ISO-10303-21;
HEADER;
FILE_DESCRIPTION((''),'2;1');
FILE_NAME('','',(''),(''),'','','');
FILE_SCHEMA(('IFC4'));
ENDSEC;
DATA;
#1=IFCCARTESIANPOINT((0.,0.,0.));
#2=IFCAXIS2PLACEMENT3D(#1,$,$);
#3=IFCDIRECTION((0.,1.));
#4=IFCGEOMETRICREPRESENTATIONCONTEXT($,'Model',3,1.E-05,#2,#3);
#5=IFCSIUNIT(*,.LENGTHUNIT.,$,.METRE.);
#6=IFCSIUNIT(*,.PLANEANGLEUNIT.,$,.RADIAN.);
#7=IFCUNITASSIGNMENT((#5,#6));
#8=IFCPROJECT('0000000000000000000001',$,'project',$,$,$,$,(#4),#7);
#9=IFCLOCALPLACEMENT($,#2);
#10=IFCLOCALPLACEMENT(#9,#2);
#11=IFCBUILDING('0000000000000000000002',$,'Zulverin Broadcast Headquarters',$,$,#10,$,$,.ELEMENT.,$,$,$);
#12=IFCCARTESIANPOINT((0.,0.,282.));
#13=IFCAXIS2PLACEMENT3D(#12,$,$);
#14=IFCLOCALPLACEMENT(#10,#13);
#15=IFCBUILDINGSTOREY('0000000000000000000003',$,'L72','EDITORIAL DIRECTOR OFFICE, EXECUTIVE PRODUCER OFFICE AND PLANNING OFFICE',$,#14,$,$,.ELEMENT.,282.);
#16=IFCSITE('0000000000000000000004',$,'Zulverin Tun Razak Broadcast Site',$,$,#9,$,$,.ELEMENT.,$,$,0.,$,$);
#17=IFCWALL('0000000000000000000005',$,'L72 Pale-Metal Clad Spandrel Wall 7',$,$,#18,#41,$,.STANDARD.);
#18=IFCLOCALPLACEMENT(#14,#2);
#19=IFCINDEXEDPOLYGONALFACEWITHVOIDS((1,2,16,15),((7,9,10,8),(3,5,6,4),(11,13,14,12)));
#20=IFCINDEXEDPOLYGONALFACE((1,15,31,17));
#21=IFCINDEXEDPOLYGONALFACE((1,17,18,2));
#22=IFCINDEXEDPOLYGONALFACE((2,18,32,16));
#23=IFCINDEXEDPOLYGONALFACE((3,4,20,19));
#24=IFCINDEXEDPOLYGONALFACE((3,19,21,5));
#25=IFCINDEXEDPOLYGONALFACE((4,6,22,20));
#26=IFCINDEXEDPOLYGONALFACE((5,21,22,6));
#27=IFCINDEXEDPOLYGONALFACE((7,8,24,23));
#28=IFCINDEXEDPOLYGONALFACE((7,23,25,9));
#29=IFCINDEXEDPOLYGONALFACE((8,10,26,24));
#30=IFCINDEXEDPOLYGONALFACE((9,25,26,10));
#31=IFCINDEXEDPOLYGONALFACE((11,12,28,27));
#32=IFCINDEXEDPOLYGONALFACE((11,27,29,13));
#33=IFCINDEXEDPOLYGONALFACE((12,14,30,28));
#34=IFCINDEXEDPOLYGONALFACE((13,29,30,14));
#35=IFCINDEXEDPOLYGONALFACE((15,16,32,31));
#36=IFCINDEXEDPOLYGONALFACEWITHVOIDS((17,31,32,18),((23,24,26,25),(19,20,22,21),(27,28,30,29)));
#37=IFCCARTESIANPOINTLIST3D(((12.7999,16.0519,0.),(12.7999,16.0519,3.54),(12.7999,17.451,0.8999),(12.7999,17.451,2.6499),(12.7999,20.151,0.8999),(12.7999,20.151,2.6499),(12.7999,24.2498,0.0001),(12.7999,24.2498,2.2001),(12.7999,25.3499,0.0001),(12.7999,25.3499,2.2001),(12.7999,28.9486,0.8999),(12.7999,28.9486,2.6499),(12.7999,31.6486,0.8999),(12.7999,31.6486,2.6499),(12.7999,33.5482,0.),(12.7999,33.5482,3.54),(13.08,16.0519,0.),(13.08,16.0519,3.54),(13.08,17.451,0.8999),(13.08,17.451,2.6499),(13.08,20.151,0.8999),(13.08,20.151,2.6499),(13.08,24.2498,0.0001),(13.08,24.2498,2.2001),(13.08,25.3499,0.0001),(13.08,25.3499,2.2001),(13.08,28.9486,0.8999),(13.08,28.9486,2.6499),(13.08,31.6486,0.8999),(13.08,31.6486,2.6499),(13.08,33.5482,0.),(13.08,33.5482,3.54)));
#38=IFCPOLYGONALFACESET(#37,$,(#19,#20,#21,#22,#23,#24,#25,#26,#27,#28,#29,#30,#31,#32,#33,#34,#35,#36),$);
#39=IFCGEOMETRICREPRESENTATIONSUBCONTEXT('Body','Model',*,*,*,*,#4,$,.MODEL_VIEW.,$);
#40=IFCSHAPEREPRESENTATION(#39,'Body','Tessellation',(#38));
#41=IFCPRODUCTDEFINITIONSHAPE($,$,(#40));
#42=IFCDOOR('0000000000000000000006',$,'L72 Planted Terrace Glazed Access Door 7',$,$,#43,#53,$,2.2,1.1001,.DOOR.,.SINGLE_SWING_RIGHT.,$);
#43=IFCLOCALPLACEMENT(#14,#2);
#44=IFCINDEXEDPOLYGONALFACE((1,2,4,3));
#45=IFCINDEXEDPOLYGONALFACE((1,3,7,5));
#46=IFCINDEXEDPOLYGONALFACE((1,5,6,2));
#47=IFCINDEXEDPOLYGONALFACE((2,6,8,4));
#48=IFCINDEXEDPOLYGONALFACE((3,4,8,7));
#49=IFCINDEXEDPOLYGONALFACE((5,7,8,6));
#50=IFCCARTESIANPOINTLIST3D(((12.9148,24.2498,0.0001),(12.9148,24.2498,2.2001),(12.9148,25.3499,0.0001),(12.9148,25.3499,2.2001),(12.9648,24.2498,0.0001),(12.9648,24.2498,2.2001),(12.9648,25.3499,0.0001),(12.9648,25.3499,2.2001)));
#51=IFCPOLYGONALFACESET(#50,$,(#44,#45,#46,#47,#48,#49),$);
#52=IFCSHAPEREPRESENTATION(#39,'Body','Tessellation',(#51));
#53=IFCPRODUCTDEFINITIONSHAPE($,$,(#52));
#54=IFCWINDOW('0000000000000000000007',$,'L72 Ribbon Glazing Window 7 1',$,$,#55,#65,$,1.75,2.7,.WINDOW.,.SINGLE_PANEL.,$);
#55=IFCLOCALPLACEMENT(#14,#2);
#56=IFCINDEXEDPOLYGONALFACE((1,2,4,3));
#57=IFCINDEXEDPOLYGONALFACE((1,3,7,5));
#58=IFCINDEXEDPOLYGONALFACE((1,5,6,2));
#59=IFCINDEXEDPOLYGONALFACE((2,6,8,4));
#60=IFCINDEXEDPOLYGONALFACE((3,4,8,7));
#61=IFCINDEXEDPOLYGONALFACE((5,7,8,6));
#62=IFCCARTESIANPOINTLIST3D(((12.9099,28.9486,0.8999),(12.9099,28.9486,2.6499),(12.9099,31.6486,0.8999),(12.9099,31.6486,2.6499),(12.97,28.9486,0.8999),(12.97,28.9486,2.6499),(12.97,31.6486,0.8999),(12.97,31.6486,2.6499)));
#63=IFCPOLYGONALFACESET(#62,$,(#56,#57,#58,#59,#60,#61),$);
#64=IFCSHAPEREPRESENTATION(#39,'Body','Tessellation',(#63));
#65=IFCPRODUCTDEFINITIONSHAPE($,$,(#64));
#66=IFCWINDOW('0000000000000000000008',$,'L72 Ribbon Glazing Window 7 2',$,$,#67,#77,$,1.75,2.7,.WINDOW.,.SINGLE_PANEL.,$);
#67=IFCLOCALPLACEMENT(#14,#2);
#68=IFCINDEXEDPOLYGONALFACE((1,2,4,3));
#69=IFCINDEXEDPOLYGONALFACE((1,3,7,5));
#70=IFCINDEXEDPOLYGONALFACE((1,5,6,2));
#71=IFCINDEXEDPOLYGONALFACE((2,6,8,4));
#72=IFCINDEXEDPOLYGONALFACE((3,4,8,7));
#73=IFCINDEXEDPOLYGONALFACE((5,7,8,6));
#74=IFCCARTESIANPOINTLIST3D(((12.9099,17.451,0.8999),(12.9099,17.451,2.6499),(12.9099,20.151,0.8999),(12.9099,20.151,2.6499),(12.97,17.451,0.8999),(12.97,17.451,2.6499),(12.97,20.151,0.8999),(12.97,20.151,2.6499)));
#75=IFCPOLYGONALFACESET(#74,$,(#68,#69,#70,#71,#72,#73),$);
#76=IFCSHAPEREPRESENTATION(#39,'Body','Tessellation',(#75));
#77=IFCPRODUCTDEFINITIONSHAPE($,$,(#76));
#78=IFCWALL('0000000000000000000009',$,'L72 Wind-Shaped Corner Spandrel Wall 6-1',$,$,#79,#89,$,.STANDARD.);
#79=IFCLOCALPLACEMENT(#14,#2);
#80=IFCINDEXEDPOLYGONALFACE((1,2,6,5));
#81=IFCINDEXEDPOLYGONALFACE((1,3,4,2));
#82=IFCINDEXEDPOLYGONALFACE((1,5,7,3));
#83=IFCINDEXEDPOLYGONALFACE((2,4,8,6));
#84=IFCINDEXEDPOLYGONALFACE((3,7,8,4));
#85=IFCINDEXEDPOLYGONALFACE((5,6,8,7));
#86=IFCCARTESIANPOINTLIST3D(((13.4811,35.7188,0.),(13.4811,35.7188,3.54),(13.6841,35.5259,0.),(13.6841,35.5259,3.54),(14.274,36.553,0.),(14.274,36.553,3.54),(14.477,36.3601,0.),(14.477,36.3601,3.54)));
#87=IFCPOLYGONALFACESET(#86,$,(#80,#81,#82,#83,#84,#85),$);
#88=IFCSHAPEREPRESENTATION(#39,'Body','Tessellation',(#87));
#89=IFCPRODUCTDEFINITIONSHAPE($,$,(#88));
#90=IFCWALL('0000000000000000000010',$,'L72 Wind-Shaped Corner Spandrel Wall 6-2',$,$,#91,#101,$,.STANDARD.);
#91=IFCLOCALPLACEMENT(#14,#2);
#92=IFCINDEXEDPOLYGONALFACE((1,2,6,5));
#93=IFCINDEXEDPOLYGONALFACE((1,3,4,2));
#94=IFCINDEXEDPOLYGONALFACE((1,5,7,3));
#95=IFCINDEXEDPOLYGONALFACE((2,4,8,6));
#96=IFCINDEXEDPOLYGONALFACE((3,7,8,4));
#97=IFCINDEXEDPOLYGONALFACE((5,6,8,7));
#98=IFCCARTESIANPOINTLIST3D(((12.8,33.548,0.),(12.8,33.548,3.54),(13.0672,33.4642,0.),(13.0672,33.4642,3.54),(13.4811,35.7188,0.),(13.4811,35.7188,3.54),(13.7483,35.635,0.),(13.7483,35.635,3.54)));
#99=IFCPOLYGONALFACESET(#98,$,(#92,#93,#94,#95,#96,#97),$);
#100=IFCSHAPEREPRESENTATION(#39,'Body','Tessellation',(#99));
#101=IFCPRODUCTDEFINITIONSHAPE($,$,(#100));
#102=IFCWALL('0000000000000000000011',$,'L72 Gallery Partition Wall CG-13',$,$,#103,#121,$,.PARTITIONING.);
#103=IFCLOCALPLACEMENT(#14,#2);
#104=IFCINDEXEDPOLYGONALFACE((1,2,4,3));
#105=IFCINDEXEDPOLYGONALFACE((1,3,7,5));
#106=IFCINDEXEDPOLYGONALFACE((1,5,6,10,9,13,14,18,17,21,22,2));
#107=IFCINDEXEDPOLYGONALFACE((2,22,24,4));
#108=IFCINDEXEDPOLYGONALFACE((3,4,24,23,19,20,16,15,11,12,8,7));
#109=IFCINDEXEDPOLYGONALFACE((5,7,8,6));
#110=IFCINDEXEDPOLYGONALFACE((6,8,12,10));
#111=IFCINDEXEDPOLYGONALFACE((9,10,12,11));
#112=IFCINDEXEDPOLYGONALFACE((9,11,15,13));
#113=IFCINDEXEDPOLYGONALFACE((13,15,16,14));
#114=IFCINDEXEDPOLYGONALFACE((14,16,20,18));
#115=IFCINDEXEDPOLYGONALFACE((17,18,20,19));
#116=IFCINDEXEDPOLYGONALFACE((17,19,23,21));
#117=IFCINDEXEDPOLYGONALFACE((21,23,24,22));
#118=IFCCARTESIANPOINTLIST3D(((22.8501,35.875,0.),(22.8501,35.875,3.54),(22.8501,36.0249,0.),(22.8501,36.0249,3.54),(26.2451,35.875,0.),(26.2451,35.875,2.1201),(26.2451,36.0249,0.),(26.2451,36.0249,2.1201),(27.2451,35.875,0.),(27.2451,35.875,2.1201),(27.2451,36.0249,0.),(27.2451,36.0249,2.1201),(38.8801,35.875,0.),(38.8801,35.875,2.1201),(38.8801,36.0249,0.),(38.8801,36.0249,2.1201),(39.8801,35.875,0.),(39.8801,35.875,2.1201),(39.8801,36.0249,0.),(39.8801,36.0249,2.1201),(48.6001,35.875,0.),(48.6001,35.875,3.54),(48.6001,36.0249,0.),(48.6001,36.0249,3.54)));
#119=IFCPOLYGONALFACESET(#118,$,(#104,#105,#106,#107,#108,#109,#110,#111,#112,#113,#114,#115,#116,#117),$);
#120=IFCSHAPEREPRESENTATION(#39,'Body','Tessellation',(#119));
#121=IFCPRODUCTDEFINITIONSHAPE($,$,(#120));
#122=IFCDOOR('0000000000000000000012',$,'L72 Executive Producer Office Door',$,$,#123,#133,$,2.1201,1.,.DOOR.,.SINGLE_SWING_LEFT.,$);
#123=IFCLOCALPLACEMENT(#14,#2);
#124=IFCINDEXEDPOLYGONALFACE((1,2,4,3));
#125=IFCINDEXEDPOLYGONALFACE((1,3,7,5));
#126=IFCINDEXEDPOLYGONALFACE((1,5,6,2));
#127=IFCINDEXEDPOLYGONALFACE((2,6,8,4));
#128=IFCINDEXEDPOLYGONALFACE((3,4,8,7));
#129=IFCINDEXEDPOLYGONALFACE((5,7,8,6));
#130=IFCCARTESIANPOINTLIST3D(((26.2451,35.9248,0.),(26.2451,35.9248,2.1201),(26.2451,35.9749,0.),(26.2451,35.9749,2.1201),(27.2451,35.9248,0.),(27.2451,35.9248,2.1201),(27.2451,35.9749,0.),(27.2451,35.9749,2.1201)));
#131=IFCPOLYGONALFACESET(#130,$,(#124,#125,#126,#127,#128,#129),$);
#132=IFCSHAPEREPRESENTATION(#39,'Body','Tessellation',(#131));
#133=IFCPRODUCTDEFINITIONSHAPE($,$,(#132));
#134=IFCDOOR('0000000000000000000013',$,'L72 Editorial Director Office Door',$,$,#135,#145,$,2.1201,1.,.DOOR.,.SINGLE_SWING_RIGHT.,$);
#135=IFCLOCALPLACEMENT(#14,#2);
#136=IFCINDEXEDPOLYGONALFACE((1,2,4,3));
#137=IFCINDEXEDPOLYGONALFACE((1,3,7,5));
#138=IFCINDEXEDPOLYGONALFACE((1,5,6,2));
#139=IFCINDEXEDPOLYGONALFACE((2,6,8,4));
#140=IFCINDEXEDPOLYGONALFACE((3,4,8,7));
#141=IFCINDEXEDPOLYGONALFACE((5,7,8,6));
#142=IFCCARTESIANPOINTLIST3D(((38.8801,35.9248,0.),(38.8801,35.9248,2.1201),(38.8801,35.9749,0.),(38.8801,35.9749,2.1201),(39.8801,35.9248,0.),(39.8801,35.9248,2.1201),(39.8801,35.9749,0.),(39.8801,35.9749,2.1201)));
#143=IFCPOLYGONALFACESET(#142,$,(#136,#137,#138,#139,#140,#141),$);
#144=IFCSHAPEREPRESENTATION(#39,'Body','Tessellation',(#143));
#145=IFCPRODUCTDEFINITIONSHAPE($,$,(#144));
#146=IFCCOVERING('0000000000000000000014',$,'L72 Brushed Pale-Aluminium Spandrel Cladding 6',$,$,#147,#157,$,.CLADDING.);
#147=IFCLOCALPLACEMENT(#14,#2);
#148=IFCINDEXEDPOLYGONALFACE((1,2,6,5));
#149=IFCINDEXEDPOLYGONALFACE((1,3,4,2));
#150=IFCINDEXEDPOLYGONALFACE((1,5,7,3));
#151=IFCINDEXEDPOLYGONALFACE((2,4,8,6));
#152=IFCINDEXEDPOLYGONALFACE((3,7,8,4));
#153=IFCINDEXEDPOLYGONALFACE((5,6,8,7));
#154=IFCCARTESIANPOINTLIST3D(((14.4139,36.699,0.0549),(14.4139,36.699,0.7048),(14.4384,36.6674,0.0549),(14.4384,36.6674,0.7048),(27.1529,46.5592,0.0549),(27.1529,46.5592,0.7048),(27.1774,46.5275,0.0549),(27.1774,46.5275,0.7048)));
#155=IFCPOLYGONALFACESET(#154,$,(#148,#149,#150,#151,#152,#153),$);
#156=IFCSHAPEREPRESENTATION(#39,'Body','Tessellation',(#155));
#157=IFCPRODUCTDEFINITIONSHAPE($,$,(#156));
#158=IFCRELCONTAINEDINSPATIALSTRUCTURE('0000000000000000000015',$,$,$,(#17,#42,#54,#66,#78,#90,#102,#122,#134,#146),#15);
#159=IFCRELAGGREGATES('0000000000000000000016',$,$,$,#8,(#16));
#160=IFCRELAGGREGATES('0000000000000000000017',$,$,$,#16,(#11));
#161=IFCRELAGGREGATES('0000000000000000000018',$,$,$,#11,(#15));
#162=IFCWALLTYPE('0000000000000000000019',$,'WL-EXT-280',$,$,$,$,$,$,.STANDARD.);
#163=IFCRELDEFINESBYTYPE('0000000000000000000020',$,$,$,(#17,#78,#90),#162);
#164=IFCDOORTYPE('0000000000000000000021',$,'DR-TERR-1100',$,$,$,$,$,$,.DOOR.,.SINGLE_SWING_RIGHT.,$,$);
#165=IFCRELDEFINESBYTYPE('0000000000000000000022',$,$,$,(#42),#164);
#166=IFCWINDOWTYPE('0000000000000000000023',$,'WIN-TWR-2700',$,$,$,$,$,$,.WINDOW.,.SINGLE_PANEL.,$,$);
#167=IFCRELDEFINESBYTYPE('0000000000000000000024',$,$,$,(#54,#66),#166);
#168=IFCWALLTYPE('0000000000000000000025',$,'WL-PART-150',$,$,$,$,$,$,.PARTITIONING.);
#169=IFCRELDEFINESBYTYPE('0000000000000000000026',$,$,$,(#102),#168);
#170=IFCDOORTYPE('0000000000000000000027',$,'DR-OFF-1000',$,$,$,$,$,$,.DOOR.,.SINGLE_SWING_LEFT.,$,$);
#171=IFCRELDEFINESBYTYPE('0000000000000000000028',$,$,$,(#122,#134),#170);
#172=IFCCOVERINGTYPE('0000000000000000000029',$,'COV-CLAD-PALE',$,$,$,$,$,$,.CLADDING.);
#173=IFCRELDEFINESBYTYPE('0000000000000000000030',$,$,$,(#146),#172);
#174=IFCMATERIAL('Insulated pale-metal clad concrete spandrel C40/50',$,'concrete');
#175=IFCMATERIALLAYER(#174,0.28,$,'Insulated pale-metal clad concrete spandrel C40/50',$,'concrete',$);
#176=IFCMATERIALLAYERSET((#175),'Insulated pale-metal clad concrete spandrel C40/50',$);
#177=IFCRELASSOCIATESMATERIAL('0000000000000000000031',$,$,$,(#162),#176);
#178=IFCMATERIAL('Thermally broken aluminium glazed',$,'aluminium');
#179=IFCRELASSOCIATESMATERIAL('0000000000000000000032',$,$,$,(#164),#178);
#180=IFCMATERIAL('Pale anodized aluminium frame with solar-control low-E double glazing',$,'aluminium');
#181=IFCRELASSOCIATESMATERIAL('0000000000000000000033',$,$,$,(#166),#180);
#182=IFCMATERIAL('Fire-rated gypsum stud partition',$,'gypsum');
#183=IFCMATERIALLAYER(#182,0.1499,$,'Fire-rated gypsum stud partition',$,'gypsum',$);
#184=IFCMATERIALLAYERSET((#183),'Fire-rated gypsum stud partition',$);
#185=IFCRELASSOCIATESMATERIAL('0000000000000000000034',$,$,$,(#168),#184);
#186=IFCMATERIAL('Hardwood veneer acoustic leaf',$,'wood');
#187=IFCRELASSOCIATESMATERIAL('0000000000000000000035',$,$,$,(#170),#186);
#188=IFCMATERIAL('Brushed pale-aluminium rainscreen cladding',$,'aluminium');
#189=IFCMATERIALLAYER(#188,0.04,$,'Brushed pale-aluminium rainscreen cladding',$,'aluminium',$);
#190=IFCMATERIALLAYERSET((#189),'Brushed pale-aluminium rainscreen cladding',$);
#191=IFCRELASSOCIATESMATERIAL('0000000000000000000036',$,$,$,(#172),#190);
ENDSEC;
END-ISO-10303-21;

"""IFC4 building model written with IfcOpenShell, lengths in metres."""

from ifc_helpers import new_model, si_unit, direction, frame, frame_2d, origin, origin_2d, place, context, subcontext, project, spatial, rectangle, extrude, material, layer, layer_set, type_object, element, fill, save


model = new_model("IFC4")

# Units and contexts
model_context = context("Model", 3, precision=1e-05, world=origin(), true_north=direction((0.0, 1.0)))
body_context = subcontext(model_context, "Body", "Model", "MODEL_VIEW")
ifc_project = project(units=[si_unit("LENGTHUNIT", "METRE"), si_unit("PLANEANGLEUNIT", "RADIAN")], contexts=[model_context])

# Site, building, storey
site_placement = place(None, origin())
site = spatial("IfcSite", under=ifc_project, at=site_placement, Name="Zulverin Tun Razak Broadcast Site", CompositionType="ELEMENT", RefElevation=0.0)
building_placement = place(site_placement, origin())
building = spatial("IfcBuilding", under=site, at=building_placement, Name="Zulverin Broadcast Headquarters", CompositionType="ELEMENT")
storey_placement = place(building_placement, frame((0.0, 0.0, 282.0)))
storey = spatial("IfcBuildingStorey", under=building, at=storey_placement, Name="L72", Description="EDITORIAL DIRECTOR OFFICE, EXECUTIVE PRODUCER OFFICE AND PLANNING OFFICE", CompositionType="ELEMENT", Elevation=282.0)

# Wall, openings, door, windows
ifc_material_1 = material(Name="Insulated pale-metal clad concrete spandrel C40/50", Category="concrete")
ifc_layer_1 = layer(ifc_material_1, 0.28, Name="Insulated pale-metal clad concrete spandrel C40/50", Category="concrete")
ifc_layer_set_1 = layer_set([ifc_layer_1], Name="Insulated pale-metal clad concrete spandrel C40/50")
wall_type_1 = type_object("IfcWallType", Name="WL-EXT-280", PredefinedType="STANDARD", material=ifc_layer_set_1)
wall_1_placement = place(storey_placement, frame((12.9399, 33.5481, 0.0), z_axis=(0.0, 0.0, 1.0), x_axis=(0.0, -1.0, 0.0)))
wall_1 = element("IfcWall", 1, at=wall_1_placement, inside=storey, type_object=wall_type_1, Name="L72 Pale-Metal Clad Spandrel Wall 7", PredefinedType="STANDARD", context=body_context, shape_type="SweptSolid", body=[
    extrude(rectangle(XDim=17.4963, YDim=0.28, at=frame_2d((8.748, 0.0))), origin(), (0.0, 0.0, 1.0), 3.54),
])
opening_1_placement = place(wall_1_placement, frame((8.1982, 0.0, 0.0)))
opening_1 = element("IfcOpeningElement", 2, at=opening_1_placement, cuts=wall_1, PredefinedType="OPENING", context=body_context, shape_type="SweptSolid", body=[
    extrude(rectangle(XDim=1.1001, YDim=2.2, at=frame_2d((0.55, 1.1001))), frame((0.0, 0.1499, 0.0), z_axis=(0.0, -1.0, 0.0), x_axis=(1.0, 0.0, 0.0)), (0.0, 0.0, 1.0), 0.3),
])
opening_2_placement = place(wall_1_placement, frame((1.8994, 0.0, 0.8999)))
opening_2 = element("IfcOpeningElement", 3, at=opening_2_placement, cuts=wall_1, PredefinedType="OPENING", context=body_context, shape_type="SweptSolid", body=[
    extrude(rectangle(XDim=2.7, YDim=1.75, at=frame_2d((1.3501, 0.875))), frame((0.0, 0.1499, 0.0), z_axis=(0.0, -1.0, 0.0), x_axis=(1.0, 0.0, 0.0)), (0.0, 0.0, 1.0), 0.3),
])
opening_3_placement = place(wall_1_placement, frame((13.397, 0.0, 0.8999)))
opening_3 = element("IfcOpeningElement", 4, at=opening_3_placement, cuts=wall_1, PredefinedType="OPENING", context=body_context, shape_type="SweptSolid", body=[
    extrude(rectangle(XDim=2.7, YDim=1.75, at=frame_2d((1.3501, 0.875))), frame((0.0, 0.1499, 0.0), z_axis=(0.0, -1.0, 0.0), x_axis=(1.0, 0.0, 0.0)), (0.0, 0.0, 1.0), 0.3),
])
ifc_material_2 = material(Name="Thermally broken aluminium glazed", Category="aluminium")
door_type_1 = type_object("IfcDoorType", Name="DR-TERR-1100", OperationType="SINGLE_SWING_RIGHT", PredefinedType="DOOR", material=ifc_material_2)
door_1_placement = place(opening_1_placement, origin())
door_1 = element("IfcDoor", 5, at=door_1_placement, inside=storey, type_object=door_type_1, Name="L72 Planted Terrace Glazed Access Door 7", OperationType="SINGLE_SWING_RIGHT", OverallHeight=2.2, OverallWidth=1.1001, PredefinedType="DOOR", context=body_context, shape_type="SweptSolid", body=[
    extrude(rectangle(XDim=1.1001, YDim=2.2, at=frame_2d((0.55, 1.1001))), frame((0.0, 0.0249, 0.0), z_axis=(0.0, -1.0, 0.0), x_axis=(1.0, 0.0, 0.0)), (0.0, 0.0, 1.0), 0.05),
])
fill(opening_1, door_1)
ifc_material_3 = material(Name="Pale anodized aluminium frame with solar-control low-E double glazing", Category="aluminium")
window_type = type_object("IfcWindowType", Name="WIN-TWR-2700", PartitioningType="SINGLE_PANEL", PredefinedType="WINDOW", material=ifc_material_3)
window_1_placement = place(opening_2_placement, origin())
window_1 = element("IfcWindow", 6, at=window_1_placement, inside=storey, type_object=window_type, Name="L72 Ribbon Glazing Window 7 1", OverallHeight=1.75, OverallWidth=2.7, PartitioningType="SINGLE_PANEL", PredefinedType="WINDOW", context=body_context, shape_type="SweptSolid", body=[
    extrude(rectangle(XDim=2.7, YDim=1.75, at=frame_2d((1.3501, 0.875))), frame((0.0, 0.03, 0.0), z_axis=(0.0, -1.0, 0.0), x_axis=(1.0, 0.0, 0.0)), (0.0, 0.0, 1.0), 0.0601),
])
fill(opening_2, window_1)
window_2_placement = place(opening_3_placement, origin())
window_2 = element("IfcWindow", 7, at=window_2_placement, inside=storey, type_object=window_type, Name="L72 Ribbon Glazing Window 7 2", OverallHeight=1.75, OverallWidth=2.7, PartitioningType="SINGLE_PANEL", PredefinedType="WINDOW", context=body_context, shape_type="SweptSolid", body=[
    extrude(rectangle(XDim=2.7, YDim=1.75, at=frame_2d((1.3501, 0.875))), frame((0.0, 0.03, 0.0), z_axis=(0.0, -1.0, 0.0), x_axis=(1.0, 0.0, 0.0)), (0.0, 0.0, 1.0), 0.0601),
])
fill(opening_3, window_2)

# Walls
wall_2_placement = place(storey_placement, frame((14.3755, 36.4565, 0.0), z_axis=(0.0, 0.0, 1.0), x_axis=(-0.688956, -0.724803, 0.0)))
element("IfcWall", 8, at=wall_2_placement, inside=storey, type_object=wall_type_1, Name="L72 Wind-Shaped Corner Spandrel Wall 6-1", PredefinedType="STANDARD", context=body_context, shape_type="SweptSolid", body=[
    extrude(rectangle(XDim=1.1509, YDim=0.28, at=frame_2d((0.5754, 0.0))), origin(), (0.0, 0.0, 1.0), 3.54),
])
wall_3_placement = place(storey_placement, frame((13.6147, 35.677, 0.0), z_axis=(0.0, 0.0, 1.0), x_axis=(-0.299375, -0.954136, 0.0)))
element("IfcWall", 9, at=wall_3_placement, inside=storey, type_object=wall_type_1, Name="L72 Wind-Shaped Corner Spandrel Wall 6-2", PredefinedType="STANDARD", context=body_context, shape_type="SweptSolid", body=[
    extrude(rectangle(XDim=2.2751, YDim=0.28, at=frame_2d((1.1377, 0.0))), origin(), (0.0, 0.0, 1.0), 3.54),
])

# Wall, openings, doors
ifc_material_4 = material(Name="Fire-rated gypsum stud partition", Category="gypsum")
ifc_layer_2 = layer(ifc_material_4, 0.1499, Name="Fire-rated gypsum stud partition", Category="gypsum")
ifc_layer_set_2 = layer_set([ifc_layer_2], Name="Fire-rated gypsum stud partition")
wall_type_2 = type_object("IfcWallType", Name="WL-PART-150", PredefinedType="PARTITIONING", material=ifc_layer_set_2)
wall_4_placement = place(storey_placement, frame((22.8501, 35.95, 0.0), z_axis=(0.0, 0.0, 1.0), x_axis=(1.0, 0.0, 0.0)))
wall_4 = element("IfcWall", 10, at=wall_4_placement, inside=storey, type_object=wall_type_2, Name="L72 Gallery Partition Wall CG-13", PredefinedType="PARTITIONING", context=body_context, shape_type="SweptSolid", body=[
    extrude(rectangle(XDim=25.75, YDim=0.1499, at=frame_2d((12.875, 0.0))), origin(), (0.0, 0.0, 1.0), 3.54),
])
opening_4_placement = place(wall_4_placement, frame((3.395, 0.0, 0.0)))
opening_4 = element("IfcOpeningElement", 11, at=opening_4_placement, cuts=wall_4, PredefinedType="OPENING", context=body_context, shape_type="SweptSolid", body=[
    extrude(rectangle(XDim=1.0, YDim=2.1201, at=frame_2d((0.5, 1.0601))), frame((0.0, 0.085, 0.0), z_axis=(0.0, -1.0, 0.0), x_axis=(1.0, 0.0, 0.0)), (0.0, 0.0, 1.0), 0.1699),
])
opening_5_placement = place(wall_4_placement, frame((16.03, 0.0, 0.0)))
opening_5 = element("IfcOpeningElement", 12, at=opening_5_placement, cuts=wall_4, PredefinedType="OPENING", context=body_context, shape_type="SweptSolid", body=[
    extrude(rectangle(XDim=1.0, YDim=2.1201, at=frame_2d((0.5, 1.0601))), frame((0.0, 0.085, 0.0), z_axis=(0.0, -1.0, 0.0), x_axis=(1.0, 0.0, 0.0)), (0.0, 0.0, 1.0), 0.1699),
])
ifc_material_5 = material(Name="Hardwood veneer acoustic leaf", Category="wood")
door_type_2 = type_object("IfcDoorType", Name="DR-OFF-1000", OperationType="SINGLE_SWING_LEFT", PredefinedType="DOOR", material=ifc_material_5)
door_2_placement = place(opening_4_placement, origin())
door_2 = element("IfcDoor", 13, at=door_2_placement, inside=storey, type_object=door_type_2, Name="L72 Executive Producer Office Door", OperationType="SINGLE_SWING_LEFT", OverallHeight=2.1201, OverallWidth=1.0, PredefinedType="DOOR", context=body_context, shape_type="SweptSolid", body=[
    extrude(rectangle(XDim=1.0, YDim=2.1201, at=frame_2d((0.5, 1.0601))), frame((0.0, 0.0249, 0.0), z_axis=(0.0, -1.0, 0.0), x_axis=(1.0, 0.0, 0.0)), (0.0, 0.0, 1.0), 0.05),
])
fill(opening_4, door_2)
door_3_placement = place(opening_5_placement, origin())
door_3 = element("IfcDoor", 14, at=door_3_placement, inside=storey, type_object=door_type_2, Name="L72 Editorial Director Office Door", OperationType="SINGLE_SWING_RIGHT", OverallHeight=2.1201, OverallWidth=1.0, PredefinedType="DOOR", context=body_context, shape_type="SweptSolid", body=[
    extrude(rectangle(XDim=1.0, YDim=2.1201, at=frame_2d((0.5, 1.0601))), frame((0.0, 0.0249, 0.0), z_axis=(0.0, -1.0, 0.0), x_axis=(1.0, 0.0, 0.0)), (0.0, 0.0, 1.0), 0.05),
])
fill(opening_5, door_3)

# Covering
ifc_material_6 = material(Name="Brushed pale-aluminium rainscreen cladding", Category="aluminium")
ifc_layer_3 = layer(ifc_material_6, 0.04, Name="Brushed pale-aluminium rainscreen cladding", Category="aluminium")
ifc_layer_set_3 = layer_set([ifc_layer_3], Name="Brushed pale-aluminium rainscreen cladding")
covering_type = type_object("IfcCoveringType", Name="COV-CLAD-PALE", PredefinedType="CLADDING", material=ifc_layer_set_3)
covering_placement = place(storey_placement, frame((20.7957, 41.6133, 0.0549), z_axis=(0.0, 0.0, 1.0), x_axis=(-0.790792, -0.612085, 0.0)))
element("IfcCovering", 15, at=covering_placement, inside=storey, type_object=covering_type, Name="L72 Brushed Pale-Aluminium Spandrel Cladding 6", PredefinedType="CLADDING", context=body_context, shape_type="SweptSolid", body=[
    extrude(rectangle(XDim=16.1091, YDim=0.04, at=origin_2d()), origin(), (0.0, 0.0, 1.0), 0.6499),
])

save(model, "model.ifc")
